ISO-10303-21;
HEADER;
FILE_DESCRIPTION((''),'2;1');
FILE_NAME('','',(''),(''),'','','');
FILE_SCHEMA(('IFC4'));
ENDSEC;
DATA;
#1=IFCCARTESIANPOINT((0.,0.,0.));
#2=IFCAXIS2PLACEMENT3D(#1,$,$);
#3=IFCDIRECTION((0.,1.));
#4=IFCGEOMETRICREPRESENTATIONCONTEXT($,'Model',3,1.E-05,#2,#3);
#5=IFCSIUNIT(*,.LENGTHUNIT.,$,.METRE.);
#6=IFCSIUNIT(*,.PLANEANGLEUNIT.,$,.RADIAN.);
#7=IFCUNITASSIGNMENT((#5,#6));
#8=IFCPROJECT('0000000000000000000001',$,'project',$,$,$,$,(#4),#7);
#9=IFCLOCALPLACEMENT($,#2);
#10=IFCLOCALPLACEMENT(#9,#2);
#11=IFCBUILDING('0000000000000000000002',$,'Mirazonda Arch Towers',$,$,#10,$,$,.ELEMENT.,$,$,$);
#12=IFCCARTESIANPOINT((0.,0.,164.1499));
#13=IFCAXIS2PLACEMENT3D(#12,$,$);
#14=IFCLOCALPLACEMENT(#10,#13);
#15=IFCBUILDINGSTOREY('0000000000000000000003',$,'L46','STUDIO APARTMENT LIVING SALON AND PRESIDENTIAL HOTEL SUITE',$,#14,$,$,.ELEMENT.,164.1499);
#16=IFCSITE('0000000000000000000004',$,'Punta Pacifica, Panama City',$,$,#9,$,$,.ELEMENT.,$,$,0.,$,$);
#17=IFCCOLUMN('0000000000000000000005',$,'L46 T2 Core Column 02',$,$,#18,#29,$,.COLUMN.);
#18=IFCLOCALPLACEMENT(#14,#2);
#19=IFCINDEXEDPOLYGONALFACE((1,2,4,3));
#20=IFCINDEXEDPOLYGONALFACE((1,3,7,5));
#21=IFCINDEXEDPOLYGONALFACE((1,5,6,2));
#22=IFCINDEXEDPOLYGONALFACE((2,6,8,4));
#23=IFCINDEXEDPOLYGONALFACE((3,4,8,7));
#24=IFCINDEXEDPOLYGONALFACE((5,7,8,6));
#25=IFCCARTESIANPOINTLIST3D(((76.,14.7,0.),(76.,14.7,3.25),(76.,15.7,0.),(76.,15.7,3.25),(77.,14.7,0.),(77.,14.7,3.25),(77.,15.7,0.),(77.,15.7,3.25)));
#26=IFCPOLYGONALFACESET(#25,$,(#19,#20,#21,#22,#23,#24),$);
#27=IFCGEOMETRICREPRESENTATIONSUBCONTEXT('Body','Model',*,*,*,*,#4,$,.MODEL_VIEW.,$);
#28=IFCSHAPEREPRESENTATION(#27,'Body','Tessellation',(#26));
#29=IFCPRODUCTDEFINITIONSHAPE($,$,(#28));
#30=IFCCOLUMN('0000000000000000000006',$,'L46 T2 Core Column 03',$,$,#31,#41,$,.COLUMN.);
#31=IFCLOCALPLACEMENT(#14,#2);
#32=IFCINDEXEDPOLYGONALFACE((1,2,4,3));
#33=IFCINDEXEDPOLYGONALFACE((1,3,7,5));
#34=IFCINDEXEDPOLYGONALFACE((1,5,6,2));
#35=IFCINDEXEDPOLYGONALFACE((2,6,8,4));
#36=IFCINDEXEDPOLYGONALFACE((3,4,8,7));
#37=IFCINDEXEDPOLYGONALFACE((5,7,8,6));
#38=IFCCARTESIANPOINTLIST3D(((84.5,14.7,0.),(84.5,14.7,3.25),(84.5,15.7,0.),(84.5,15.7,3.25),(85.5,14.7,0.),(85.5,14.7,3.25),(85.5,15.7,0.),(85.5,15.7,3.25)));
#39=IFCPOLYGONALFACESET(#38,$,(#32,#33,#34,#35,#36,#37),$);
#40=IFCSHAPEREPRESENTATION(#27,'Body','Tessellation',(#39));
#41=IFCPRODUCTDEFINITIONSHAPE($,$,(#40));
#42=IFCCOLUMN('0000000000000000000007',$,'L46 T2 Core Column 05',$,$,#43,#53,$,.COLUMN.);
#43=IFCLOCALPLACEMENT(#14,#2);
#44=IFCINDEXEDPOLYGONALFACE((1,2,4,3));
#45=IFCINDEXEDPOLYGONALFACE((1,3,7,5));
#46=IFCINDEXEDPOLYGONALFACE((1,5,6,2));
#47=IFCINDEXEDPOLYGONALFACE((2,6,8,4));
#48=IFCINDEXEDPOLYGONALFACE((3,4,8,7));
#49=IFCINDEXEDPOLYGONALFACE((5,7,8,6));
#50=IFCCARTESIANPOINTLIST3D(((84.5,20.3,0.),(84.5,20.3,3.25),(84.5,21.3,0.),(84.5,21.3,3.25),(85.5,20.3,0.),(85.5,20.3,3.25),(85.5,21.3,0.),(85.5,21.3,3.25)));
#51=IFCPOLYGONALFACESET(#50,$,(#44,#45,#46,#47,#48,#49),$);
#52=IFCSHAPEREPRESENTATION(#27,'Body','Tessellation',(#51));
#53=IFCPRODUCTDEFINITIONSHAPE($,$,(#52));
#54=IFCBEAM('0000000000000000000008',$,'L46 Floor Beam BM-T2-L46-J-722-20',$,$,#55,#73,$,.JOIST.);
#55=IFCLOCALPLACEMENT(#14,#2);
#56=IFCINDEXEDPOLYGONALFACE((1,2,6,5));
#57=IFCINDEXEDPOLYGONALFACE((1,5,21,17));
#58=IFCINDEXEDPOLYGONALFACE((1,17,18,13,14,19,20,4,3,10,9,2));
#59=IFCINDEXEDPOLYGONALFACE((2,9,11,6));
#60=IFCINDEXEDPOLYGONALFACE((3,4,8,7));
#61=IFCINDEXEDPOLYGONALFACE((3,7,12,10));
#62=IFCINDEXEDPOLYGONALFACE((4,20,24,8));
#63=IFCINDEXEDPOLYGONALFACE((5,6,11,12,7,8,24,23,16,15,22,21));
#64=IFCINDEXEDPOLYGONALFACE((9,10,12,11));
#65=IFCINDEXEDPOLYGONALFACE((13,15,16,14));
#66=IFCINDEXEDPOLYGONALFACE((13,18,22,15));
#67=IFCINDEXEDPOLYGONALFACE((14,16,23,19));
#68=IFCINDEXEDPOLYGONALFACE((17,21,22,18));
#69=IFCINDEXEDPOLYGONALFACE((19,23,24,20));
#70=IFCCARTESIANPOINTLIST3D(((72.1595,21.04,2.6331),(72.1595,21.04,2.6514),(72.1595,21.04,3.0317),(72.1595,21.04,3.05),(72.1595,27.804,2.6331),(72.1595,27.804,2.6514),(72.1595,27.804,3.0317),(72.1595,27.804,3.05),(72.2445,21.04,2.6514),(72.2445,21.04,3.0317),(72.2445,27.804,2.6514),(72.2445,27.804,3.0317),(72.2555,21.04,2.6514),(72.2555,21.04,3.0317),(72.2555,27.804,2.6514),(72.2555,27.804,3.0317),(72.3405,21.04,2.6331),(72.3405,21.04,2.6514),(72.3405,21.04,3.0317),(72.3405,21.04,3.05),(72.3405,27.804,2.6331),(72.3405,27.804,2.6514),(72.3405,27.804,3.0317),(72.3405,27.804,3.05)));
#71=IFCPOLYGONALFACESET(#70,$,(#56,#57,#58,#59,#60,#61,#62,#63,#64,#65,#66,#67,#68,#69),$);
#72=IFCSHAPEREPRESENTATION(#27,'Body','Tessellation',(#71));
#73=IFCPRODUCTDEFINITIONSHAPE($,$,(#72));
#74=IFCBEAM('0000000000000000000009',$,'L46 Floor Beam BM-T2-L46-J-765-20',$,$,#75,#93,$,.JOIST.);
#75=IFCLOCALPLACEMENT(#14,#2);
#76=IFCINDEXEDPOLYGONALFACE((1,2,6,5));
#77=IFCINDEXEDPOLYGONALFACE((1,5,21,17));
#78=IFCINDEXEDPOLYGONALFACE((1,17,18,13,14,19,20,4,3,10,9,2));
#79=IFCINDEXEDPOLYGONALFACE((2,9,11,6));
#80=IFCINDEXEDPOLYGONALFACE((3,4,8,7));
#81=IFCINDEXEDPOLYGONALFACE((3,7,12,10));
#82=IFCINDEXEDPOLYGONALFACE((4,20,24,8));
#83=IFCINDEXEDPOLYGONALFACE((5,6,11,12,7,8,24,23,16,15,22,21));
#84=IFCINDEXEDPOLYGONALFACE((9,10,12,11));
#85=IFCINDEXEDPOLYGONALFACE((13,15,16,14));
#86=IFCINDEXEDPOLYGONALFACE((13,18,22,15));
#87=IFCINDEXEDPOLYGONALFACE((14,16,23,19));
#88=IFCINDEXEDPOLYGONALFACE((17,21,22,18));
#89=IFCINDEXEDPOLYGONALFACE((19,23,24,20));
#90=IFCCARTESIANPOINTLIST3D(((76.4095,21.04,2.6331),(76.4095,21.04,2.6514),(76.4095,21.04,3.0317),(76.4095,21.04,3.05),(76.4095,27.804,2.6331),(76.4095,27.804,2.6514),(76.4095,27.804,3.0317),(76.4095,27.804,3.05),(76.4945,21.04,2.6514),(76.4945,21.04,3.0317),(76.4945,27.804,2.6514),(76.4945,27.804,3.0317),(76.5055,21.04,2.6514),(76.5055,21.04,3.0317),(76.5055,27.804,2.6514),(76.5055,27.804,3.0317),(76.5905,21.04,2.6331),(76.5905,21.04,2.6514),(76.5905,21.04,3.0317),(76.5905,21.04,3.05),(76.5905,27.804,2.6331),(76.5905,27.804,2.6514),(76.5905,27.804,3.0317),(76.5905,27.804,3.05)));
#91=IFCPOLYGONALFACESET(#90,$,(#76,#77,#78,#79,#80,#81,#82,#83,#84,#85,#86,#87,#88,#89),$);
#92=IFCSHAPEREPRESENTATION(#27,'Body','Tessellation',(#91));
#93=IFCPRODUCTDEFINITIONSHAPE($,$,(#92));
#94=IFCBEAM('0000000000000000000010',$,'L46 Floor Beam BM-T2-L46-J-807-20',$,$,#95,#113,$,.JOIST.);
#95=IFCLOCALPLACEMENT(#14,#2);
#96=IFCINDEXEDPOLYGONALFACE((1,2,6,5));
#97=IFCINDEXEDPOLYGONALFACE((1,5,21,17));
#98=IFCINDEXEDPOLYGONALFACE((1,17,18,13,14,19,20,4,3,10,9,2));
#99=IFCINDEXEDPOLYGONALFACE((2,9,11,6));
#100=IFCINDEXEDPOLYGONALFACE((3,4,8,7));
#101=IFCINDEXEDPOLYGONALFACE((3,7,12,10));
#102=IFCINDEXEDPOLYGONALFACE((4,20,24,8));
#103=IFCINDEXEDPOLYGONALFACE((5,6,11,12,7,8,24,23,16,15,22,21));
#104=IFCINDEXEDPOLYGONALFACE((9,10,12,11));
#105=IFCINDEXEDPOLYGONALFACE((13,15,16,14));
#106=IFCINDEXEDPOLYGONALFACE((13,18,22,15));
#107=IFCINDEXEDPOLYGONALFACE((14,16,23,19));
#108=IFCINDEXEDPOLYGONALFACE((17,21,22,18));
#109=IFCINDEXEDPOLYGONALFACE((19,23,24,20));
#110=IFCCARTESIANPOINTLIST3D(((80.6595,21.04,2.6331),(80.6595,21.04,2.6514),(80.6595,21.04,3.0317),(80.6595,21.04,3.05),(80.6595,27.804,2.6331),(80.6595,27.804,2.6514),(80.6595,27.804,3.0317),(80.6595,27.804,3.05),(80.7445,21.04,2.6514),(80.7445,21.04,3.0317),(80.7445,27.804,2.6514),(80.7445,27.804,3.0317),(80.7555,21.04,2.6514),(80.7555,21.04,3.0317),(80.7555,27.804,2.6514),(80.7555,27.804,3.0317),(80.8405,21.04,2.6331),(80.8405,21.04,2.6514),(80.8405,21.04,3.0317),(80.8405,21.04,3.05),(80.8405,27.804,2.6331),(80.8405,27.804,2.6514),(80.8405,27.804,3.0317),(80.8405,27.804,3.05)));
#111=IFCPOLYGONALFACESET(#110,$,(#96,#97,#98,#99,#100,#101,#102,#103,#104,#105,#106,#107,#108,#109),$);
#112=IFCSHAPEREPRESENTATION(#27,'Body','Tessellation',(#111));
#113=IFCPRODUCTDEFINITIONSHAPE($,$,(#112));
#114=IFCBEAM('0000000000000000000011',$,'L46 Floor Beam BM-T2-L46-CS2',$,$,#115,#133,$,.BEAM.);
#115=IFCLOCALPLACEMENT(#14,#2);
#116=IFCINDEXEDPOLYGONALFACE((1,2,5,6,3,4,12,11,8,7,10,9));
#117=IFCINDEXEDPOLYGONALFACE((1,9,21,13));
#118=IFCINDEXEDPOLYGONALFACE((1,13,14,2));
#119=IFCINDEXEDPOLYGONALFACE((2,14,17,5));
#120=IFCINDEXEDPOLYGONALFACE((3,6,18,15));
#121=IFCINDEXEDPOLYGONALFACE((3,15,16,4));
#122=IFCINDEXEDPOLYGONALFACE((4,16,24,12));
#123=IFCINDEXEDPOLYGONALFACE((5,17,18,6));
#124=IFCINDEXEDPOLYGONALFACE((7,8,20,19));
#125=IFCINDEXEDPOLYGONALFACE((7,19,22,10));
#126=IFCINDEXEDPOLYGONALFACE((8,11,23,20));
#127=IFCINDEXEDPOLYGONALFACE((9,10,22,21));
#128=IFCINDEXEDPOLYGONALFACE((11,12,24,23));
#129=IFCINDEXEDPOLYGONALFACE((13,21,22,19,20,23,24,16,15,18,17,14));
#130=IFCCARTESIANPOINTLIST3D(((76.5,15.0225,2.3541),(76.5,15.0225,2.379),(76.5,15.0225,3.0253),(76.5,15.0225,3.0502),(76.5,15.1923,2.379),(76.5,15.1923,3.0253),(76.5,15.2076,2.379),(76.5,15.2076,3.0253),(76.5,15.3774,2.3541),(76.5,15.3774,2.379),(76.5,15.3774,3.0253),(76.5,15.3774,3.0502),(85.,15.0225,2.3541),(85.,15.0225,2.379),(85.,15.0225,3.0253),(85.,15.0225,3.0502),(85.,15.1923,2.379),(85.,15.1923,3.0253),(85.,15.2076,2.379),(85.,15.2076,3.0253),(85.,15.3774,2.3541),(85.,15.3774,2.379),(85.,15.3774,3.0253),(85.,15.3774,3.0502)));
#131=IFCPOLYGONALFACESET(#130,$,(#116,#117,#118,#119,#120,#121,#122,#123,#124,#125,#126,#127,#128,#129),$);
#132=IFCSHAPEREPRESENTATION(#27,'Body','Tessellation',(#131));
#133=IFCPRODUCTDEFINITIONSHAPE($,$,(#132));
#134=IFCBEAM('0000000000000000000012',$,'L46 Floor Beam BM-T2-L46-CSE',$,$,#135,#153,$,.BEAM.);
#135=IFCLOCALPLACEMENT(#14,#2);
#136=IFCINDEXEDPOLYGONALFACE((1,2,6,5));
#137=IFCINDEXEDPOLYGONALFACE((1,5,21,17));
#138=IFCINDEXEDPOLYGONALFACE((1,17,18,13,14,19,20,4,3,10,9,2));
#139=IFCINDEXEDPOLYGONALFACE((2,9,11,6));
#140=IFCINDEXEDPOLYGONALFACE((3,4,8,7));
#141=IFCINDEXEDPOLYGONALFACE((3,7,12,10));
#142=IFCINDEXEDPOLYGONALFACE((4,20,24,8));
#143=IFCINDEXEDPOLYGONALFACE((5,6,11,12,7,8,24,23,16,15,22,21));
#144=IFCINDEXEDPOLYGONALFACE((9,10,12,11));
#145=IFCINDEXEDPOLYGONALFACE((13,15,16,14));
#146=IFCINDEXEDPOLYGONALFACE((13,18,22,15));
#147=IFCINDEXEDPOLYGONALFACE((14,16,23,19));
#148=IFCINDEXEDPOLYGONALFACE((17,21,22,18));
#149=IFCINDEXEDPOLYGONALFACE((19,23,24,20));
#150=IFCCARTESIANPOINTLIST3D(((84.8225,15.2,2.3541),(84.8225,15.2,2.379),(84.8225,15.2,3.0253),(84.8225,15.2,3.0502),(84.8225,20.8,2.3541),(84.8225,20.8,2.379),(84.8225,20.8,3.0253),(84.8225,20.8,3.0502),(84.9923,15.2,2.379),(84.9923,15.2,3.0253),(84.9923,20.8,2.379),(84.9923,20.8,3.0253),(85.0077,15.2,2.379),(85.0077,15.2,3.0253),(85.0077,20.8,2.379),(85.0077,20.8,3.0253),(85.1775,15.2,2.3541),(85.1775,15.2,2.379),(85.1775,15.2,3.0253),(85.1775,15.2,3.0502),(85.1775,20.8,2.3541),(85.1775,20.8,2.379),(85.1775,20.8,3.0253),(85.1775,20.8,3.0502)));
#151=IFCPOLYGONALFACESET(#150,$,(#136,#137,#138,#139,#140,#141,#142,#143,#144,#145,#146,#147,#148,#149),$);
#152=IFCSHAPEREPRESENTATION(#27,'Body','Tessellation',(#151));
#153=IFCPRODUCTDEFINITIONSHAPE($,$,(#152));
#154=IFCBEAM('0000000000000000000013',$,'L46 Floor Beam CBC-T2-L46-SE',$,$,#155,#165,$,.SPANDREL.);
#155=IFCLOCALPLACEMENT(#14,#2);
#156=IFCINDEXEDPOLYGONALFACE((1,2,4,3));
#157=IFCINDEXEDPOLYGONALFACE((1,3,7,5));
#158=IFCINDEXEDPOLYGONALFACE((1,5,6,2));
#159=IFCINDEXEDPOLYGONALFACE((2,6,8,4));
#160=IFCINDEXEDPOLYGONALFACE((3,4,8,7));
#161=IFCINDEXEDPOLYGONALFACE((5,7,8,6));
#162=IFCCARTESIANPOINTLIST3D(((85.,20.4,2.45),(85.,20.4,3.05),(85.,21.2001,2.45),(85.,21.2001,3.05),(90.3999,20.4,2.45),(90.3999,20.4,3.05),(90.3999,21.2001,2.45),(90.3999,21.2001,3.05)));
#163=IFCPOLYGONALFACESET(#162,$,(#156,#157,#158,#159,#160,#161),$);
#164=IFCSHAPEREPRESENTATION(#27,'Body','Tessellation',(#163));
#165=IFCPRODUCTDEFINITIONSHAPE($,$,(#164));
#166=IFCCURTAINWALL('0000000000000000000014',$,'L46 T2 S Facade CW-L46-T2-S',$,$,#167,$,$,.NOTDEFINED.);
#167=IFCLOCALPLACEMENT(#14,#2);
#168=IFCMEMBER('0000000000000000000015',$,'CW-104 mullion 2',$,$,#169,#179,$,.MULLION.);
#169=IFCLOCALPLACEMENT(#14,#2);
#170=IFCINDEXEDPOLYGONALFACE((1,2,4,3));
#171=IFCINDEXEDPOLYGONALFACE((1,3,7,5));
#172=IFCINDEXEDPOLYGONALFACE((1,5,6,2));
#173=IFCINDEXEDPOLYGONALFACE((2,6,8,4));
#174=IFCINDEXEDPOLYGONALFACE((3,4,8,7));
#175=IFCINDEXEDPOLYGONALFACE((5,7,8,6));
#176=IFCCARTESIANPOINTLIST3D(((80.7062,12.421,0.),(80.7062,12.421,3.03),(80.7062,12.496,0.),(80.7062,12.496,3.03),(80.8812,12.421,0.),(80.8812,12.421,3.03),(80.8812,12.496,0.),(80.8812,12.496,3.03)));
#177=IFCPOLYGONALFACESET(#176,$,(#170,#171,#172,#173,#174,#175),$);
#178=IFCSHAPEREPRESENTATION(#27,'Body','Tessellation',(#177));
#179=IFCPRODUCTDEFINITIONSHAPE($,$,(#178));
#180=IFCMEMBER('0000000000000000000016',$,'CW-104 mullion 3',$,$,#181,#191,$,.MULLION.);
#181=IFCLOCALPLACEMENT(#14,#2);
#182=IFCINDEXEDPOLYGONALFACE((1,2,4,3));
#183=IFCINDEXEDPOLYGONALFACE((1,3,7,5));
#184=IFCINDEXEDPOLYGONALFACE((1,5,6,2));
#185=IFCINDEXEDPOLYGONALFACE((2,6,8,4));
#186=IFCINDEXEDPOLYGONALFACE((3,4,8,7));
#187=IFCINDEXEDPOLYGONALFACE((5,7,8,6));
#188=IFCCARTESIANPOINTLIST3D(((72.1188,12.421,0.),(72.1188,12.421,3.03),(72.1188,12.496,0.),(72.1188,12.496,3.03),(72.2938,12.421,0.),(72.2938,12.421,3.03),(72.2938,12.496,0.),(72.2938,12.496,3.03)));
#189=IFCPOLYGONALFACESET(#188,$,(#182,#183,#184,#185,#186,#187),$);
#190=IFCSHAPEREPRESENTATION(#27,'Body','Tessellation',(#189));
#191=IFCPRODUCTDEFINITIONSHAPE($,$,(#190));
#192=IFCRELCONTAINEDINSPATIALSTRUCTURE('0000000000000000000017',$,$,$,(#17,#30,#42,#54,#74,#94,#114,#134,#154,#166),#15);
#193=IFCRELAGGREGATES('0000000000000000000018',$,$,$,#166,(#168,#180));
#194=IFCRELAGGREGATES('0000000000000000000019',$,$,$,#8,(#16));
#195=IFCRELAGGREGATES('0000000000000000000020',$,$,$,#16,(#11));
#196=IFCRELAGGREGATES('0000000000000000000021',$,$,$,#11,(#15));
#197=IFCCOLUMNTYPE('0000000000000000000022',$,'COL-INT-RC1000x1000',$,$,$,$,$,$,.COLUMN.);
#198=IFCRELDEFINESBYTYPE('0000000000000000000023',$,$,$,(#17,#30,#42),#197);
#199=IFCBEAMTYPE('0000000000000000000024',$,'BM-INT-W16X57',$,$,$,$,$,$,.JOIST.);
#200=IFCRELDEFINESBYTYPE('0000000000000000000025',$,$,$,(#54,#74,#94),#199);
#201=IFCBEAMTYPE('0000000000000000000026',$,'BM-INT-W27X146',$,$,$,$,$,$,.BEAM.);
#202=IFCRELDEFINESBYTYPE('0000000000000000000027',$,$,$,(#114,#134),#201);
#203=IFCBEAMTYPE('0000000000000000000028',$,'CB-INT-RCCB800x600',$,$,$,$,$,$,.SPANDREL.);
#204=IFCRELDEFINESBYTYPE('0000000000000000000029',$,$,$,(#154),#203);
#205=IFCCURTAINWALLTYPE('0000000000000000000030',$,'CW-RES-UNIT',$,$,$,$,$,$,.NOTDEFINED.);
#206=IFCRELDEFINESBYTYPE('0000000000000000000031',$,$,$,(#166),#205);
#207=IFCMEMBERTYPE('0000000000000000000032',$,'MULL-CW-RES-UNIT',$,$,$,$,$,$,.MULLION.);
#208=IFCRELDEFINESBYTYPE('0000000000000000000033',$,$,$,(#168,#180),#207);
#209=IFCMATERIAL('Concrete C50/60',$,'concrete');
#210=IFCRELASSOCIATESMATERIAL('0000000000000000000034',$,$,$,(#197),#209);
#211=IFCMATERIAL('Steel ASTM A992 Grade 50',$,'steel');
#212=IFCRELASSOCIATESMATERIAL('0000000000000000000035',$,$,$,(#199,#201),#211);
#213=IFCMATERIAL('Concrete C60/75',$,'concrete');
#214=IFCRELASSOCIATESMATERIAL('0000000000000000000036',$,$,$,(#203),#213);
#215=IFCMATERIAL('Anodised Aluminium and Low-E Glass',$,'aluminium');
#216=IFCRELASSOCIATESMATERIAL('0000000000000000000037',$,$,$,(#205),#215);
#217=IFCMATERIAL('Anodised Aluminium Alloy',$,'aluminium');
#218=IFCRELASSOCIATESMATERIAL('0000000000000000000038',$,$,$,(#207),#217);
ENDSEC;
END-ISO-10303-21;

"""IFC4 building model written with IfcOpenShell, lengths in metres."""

from ifc_helpers import new_model, si_unit, direction, frame, origin, origin_2d, place, context, subcontext, project, spatial, rectangle, i_section, extrude, material, material_profile, profile_set, type_object, element, aggregate, save


model = new_model("IFC4")

# Units and contexts
model_context = context("Model", 3, precision=1e-05, world=origin(), true_north=direction((0.0, 1.0)))
body_context = subcontext(model_context, "Body", "Model", "MODEL_VIEW")
ifc_project = project(units=[si_unit("LENGTHUNIT", "METRE"), si_unit("PLANEANGLEUNIT", "RADIAN")], contexts=[model_context])

# Site, building, storey
site_placement = place(None, origin())
site = spatial("IfcSite", under=ifc_project, at=site_placement, Name="Punta Pacifica, Panama City", CompositionType="ELEMENT", RefElevation=0.0)
building_placement = place(site_placement, origin())
building = spatial("IfcBuilding", under=site, at=building_placement, Name="Mirazonda Arch Towers", CompositionType="ELEMENT")
storey_placement = place(building_placement, frame((0.0, 0.0, 164.1499)))
storey = spatial("IfcBuildingStorey", under=building, at=storey_placement, Name="L46", Description="STUDIO APARTMENT LIVING SALON AND PRESIDENTIAL HOTEL SUITE", CompositionType="ELEMENT", Elevation=164.1499)

# Columns
ifc_material_1 = material(Name="Concrete C50/60", Category="concrete")
ifc_material_profile_1 = material_profile(ifc_material_1, rectangle(XDim=1.0, YDim=1.0, at=origin_2d()), Name="RC1000x1000")
ifc_profile_set_1 = profile_set([ifc_material_profile_1], Name="Concrete C50/60")
column_type = type_object("IfcColumnType", Name="COL-INT-RC1000x1000", PredefinedType="COLUMN", material=ifc_profile_set_1)
for number, where, z_axis, x_axis, name in (
    (1, (76.5, 15.2, 0.0), (0.0, 0.0, 1.0), (1.0, 0.0, 0.0), "L46 T2 Core Column 02"),
    (2, (85.0, 15.2, 0.0), (0.0, 0.0, 1.0), (1.0, 0.0, 0.0), "L46 T2 Core Column 03"),
    (3, (85.0, 20.8, 0.0), (0.0, 0.0, 1.0), (1.0, 0.0, 0.0), "L46 T2 Core Column 05"),
):
    element("IfcColumn", number, at=place(storey_placement, frame(where, z_axis=z_axis, x_axis=x_axis)), inside=storey, type_object=column_type, Name=name, PredefinedType="COLUMN", context=body_context, shape_type="SweptSolid", body=[
        extrude(rectangle(XDim=1.0, YDim=1.0, at=origin_2d()), origin(), (0.0, 0.0, 1.0), 3.25),
    ])

# Beams
ifc_material_2 = material(Name="Steel ASTM A992 Grade 50", Category="steel")
ifc_material_profile_2 = material_profile(ifc_material_2, i_section(OverallWidth=0.1809, OverallDepth=0.417, WebThickness=0.011, FlangeThickness=0.0183, at=origin_2d()), Name="W16X57")
ifc_profile_set_2 = profile_set([ifc_material_profile_2], Name="Steel ASTM A992 Grade 50")
beam_type_1 = type_object("IfcBeamType", Name="BM-INT-W16X57", PredefinedType="JOIST", material=ifc_profile_set_2)
for number, where, z_axis, x_axis, name in (
    (4, (72.25, 21.04, 2.8416), (0.0, 1.0, 0.0), (-1.0, 0.0, 0.0), "L46 Floor Beam BM-T2-L46-J-722-20"),
    (5, (76.5, 21.04, 2.8416), (0.0, 1.0, 0.0), (-1.0, 0.0, 0.0), "L46 Floor Beam BM-T2-L46-J-765-20"),
    (6, (80.75, 21.04, 2.8416), (0.0, 1.0, 0.0), (-1.0, 0.0, 0.0), "L46 Floor Beam BM-T2-L46-J-807-20"),
):
    element("IfcBeam", number, at=place(storey_placement, frame(where, z_axis=z_axis, x_axis=x_axis)), inside=storey, type_object=beam_type_1, Name=name, PredefinedType="JOIST", context=body_context, shape_type="SweptSolid", body=[
        extrude(i_section(OverallWidth=0.1809, OverallDepth=0.417, WebThickness=0.011, FlangeThickness=0.0183, at=origin_2d()), origin(), (0.0, 0.0, 1.0), 6.7639),
    ])
ifc_material_profile_3 = material_profile(ifc_material_2, i_section(OverallWidth=0.355, OverallDepth=0.696, WebThickness=0.0154, FlangeThickness=0.0249, at=origin_2d()), Name="W27X146")
ifc_profile_set_3 = profile_set([ifc_material_profile_3], Name="Steel ASTM A992 Grade 50")
beam_type_2 = type_object("IfcBeamType", Name="BM-INT-W27X146", PredefinedType="BEAM", material=ifc_profile_set_3)
beam_1_placement = place(storey_placement, frame((76.5, 15.2, 2.7021), z_axis=(1.0, 0.0, 0.0), x_axis=(0.0, 1.0, 0.0)))
element("IfcBeam", 7, at=beam_1_placement, inside=storey, type_object=beam_type_2, Name="L46 Floor Beam BM-T2-L46-CS2", PredefinedType="BEAM", context=body_context, shape_type="SweptSolid", body=[
    extrude(i_section(OverallWidth=0.355, OverallDepth=0.696, WebThickness=0.0154, FlangeThickness=0.0249, at=origin_2d()), origin(), (0.0, 0.0, 1.0), 8.5),
])
beam_2_placement = place(storey_placement, frame((85.0, 15.2, 2.7021), z_axis=(0.0, 1.0, 0.0), x_axis=(-1.0, 0.0, 0.0)))
element("IfcBeam", 8, at=beam_2_placement, inside=storey, type_object=beam_type_2, Name="L46 Floor Beam BM-T2-L46-CSE", PredefinedType="BEAM", context=body_context, shape_type="SweptSolid", body=[
    extrude(i_section(OverallWidth=0.355, OverallDepth=0.696, WebThickness=0.0154, FlangeThickness=0.0249, at=origin_2d()), origin(), (0.0, 0.0, 1.0), 5.6001),
])
ifc_material_3 = material(Name="Concrete C60/75", Category="concrete")
ifc_material_profile_4 = material_profile(ifc_material_3, rectangle(XDim=0.8, YDim=0.6001, at=origin_2d()), Name="RCCB800x600")
ifc_profile_set_4 = profile_set([ifc_material_profile_4], Name="Concrete C60/75")
beam_type_3 = type_object("IfcBeamType", Name="CB-INT-RCCB800x600", PredefinedType="SPANDREL", material=ifc_profile_set_4)
beam_3_placement = place(storey_placement, frame((85.0, 20.8, 2.75), z_axis=(1.0, 0.0, 0.0), x_axis=(0.0, 1.0, 0.0)))
element("IfcBeam", 9, at=beam_3_placement, inside=storey, type_object=beam_type_3, Name="L46 Floor Beam CBC-T2-L46-SE", PredefinedType="SPANDREL", context=body_context, shape_type="SweptSolid", body=[
    extrude(rectangle(XDim=0.8, YDim=0.6001, at=origin_2d()), origin(), (0.0, 0.0, 1.0), 5.3999),
])

# Curtain wall, members
ifc_material_4 = material(Name="Anodised Aluminium and Low-E Glass", Category="aluminium")
curtain_wall_type = type_object("IfcCurtainWallType", Name="CW-RES-UNIT", PredefinedType="NOTDEFINED", material=ifc_material_4)
curtain_wall_placement = place(storey_placement, origin())
curtain_wall = element("IfcCurtainWall", 10, at=curtain_wall_placement, inside=storey, type_object=curtain_wall_type, Name="L46 T2 S Facade CW-L46-T2-S", PredefinedType="NOTDEFINED")
ifc_material_5 = material(Name="Anodised Aluminium Alloy", Category="aluminium")
ifc_material_profile_5 = material_profile(ifc_material_5, rectangle(XDim=0.075, YDim=0.175, at=origin_2d()), Name="ALU-MULL-75x175")
ifc_profile_set_5 = profile_set([ifc_material_profile_5], Name="Anodised Aluminium Alloy")
member_type_1 = type_object("IfcMemberType", Name="MULL-CW-RES-UNIT", PredefinedType="MULLION", material=ifc_profile_set_5)
member_1_placement = place(storey_placement, frame((80.7937, 12.4585, 0.0), z_axis=(0.0, 0.0, 1.0), x_axis=(0.0, -1.0, 0.0)))
member_1 = element("IfcMember", 11, at=member_1_placement, type_object=member_type_1, Name="CW-104 mullion 2", PredefinedType="MULLION", context=body_context, shape_type="SweptSolid", body=[
    extrude(rectangle(XDim=0.075, YDim=0.175, at=origin_2d()), origin(), (0.0, 0.0, 1.0), 3.03),
])
member_2_placement = place(storey_placement, frame((72.2063, 12.4585, 0.0), z_axis=(0.0, 0.0, 1.0), x_axis=(0.0, -1.0, 0.0)))
member_2 = element("IfcMember", 12, at=member_2_placement, type_object=member_type_1, Name="CW-104 mullion 3", PredefinedType="MULLION", context=body_context, shape_type="SweptSolid", body=[
    extrude(rectangle(XDim=0.075, YDim=0.175, at=origin_2d()), origin(), (0.0, 0.0, 1.0), 3.03),
])
aggregate(curtain_wall, [member_1, member_2])

save(model, "model.ifc")
